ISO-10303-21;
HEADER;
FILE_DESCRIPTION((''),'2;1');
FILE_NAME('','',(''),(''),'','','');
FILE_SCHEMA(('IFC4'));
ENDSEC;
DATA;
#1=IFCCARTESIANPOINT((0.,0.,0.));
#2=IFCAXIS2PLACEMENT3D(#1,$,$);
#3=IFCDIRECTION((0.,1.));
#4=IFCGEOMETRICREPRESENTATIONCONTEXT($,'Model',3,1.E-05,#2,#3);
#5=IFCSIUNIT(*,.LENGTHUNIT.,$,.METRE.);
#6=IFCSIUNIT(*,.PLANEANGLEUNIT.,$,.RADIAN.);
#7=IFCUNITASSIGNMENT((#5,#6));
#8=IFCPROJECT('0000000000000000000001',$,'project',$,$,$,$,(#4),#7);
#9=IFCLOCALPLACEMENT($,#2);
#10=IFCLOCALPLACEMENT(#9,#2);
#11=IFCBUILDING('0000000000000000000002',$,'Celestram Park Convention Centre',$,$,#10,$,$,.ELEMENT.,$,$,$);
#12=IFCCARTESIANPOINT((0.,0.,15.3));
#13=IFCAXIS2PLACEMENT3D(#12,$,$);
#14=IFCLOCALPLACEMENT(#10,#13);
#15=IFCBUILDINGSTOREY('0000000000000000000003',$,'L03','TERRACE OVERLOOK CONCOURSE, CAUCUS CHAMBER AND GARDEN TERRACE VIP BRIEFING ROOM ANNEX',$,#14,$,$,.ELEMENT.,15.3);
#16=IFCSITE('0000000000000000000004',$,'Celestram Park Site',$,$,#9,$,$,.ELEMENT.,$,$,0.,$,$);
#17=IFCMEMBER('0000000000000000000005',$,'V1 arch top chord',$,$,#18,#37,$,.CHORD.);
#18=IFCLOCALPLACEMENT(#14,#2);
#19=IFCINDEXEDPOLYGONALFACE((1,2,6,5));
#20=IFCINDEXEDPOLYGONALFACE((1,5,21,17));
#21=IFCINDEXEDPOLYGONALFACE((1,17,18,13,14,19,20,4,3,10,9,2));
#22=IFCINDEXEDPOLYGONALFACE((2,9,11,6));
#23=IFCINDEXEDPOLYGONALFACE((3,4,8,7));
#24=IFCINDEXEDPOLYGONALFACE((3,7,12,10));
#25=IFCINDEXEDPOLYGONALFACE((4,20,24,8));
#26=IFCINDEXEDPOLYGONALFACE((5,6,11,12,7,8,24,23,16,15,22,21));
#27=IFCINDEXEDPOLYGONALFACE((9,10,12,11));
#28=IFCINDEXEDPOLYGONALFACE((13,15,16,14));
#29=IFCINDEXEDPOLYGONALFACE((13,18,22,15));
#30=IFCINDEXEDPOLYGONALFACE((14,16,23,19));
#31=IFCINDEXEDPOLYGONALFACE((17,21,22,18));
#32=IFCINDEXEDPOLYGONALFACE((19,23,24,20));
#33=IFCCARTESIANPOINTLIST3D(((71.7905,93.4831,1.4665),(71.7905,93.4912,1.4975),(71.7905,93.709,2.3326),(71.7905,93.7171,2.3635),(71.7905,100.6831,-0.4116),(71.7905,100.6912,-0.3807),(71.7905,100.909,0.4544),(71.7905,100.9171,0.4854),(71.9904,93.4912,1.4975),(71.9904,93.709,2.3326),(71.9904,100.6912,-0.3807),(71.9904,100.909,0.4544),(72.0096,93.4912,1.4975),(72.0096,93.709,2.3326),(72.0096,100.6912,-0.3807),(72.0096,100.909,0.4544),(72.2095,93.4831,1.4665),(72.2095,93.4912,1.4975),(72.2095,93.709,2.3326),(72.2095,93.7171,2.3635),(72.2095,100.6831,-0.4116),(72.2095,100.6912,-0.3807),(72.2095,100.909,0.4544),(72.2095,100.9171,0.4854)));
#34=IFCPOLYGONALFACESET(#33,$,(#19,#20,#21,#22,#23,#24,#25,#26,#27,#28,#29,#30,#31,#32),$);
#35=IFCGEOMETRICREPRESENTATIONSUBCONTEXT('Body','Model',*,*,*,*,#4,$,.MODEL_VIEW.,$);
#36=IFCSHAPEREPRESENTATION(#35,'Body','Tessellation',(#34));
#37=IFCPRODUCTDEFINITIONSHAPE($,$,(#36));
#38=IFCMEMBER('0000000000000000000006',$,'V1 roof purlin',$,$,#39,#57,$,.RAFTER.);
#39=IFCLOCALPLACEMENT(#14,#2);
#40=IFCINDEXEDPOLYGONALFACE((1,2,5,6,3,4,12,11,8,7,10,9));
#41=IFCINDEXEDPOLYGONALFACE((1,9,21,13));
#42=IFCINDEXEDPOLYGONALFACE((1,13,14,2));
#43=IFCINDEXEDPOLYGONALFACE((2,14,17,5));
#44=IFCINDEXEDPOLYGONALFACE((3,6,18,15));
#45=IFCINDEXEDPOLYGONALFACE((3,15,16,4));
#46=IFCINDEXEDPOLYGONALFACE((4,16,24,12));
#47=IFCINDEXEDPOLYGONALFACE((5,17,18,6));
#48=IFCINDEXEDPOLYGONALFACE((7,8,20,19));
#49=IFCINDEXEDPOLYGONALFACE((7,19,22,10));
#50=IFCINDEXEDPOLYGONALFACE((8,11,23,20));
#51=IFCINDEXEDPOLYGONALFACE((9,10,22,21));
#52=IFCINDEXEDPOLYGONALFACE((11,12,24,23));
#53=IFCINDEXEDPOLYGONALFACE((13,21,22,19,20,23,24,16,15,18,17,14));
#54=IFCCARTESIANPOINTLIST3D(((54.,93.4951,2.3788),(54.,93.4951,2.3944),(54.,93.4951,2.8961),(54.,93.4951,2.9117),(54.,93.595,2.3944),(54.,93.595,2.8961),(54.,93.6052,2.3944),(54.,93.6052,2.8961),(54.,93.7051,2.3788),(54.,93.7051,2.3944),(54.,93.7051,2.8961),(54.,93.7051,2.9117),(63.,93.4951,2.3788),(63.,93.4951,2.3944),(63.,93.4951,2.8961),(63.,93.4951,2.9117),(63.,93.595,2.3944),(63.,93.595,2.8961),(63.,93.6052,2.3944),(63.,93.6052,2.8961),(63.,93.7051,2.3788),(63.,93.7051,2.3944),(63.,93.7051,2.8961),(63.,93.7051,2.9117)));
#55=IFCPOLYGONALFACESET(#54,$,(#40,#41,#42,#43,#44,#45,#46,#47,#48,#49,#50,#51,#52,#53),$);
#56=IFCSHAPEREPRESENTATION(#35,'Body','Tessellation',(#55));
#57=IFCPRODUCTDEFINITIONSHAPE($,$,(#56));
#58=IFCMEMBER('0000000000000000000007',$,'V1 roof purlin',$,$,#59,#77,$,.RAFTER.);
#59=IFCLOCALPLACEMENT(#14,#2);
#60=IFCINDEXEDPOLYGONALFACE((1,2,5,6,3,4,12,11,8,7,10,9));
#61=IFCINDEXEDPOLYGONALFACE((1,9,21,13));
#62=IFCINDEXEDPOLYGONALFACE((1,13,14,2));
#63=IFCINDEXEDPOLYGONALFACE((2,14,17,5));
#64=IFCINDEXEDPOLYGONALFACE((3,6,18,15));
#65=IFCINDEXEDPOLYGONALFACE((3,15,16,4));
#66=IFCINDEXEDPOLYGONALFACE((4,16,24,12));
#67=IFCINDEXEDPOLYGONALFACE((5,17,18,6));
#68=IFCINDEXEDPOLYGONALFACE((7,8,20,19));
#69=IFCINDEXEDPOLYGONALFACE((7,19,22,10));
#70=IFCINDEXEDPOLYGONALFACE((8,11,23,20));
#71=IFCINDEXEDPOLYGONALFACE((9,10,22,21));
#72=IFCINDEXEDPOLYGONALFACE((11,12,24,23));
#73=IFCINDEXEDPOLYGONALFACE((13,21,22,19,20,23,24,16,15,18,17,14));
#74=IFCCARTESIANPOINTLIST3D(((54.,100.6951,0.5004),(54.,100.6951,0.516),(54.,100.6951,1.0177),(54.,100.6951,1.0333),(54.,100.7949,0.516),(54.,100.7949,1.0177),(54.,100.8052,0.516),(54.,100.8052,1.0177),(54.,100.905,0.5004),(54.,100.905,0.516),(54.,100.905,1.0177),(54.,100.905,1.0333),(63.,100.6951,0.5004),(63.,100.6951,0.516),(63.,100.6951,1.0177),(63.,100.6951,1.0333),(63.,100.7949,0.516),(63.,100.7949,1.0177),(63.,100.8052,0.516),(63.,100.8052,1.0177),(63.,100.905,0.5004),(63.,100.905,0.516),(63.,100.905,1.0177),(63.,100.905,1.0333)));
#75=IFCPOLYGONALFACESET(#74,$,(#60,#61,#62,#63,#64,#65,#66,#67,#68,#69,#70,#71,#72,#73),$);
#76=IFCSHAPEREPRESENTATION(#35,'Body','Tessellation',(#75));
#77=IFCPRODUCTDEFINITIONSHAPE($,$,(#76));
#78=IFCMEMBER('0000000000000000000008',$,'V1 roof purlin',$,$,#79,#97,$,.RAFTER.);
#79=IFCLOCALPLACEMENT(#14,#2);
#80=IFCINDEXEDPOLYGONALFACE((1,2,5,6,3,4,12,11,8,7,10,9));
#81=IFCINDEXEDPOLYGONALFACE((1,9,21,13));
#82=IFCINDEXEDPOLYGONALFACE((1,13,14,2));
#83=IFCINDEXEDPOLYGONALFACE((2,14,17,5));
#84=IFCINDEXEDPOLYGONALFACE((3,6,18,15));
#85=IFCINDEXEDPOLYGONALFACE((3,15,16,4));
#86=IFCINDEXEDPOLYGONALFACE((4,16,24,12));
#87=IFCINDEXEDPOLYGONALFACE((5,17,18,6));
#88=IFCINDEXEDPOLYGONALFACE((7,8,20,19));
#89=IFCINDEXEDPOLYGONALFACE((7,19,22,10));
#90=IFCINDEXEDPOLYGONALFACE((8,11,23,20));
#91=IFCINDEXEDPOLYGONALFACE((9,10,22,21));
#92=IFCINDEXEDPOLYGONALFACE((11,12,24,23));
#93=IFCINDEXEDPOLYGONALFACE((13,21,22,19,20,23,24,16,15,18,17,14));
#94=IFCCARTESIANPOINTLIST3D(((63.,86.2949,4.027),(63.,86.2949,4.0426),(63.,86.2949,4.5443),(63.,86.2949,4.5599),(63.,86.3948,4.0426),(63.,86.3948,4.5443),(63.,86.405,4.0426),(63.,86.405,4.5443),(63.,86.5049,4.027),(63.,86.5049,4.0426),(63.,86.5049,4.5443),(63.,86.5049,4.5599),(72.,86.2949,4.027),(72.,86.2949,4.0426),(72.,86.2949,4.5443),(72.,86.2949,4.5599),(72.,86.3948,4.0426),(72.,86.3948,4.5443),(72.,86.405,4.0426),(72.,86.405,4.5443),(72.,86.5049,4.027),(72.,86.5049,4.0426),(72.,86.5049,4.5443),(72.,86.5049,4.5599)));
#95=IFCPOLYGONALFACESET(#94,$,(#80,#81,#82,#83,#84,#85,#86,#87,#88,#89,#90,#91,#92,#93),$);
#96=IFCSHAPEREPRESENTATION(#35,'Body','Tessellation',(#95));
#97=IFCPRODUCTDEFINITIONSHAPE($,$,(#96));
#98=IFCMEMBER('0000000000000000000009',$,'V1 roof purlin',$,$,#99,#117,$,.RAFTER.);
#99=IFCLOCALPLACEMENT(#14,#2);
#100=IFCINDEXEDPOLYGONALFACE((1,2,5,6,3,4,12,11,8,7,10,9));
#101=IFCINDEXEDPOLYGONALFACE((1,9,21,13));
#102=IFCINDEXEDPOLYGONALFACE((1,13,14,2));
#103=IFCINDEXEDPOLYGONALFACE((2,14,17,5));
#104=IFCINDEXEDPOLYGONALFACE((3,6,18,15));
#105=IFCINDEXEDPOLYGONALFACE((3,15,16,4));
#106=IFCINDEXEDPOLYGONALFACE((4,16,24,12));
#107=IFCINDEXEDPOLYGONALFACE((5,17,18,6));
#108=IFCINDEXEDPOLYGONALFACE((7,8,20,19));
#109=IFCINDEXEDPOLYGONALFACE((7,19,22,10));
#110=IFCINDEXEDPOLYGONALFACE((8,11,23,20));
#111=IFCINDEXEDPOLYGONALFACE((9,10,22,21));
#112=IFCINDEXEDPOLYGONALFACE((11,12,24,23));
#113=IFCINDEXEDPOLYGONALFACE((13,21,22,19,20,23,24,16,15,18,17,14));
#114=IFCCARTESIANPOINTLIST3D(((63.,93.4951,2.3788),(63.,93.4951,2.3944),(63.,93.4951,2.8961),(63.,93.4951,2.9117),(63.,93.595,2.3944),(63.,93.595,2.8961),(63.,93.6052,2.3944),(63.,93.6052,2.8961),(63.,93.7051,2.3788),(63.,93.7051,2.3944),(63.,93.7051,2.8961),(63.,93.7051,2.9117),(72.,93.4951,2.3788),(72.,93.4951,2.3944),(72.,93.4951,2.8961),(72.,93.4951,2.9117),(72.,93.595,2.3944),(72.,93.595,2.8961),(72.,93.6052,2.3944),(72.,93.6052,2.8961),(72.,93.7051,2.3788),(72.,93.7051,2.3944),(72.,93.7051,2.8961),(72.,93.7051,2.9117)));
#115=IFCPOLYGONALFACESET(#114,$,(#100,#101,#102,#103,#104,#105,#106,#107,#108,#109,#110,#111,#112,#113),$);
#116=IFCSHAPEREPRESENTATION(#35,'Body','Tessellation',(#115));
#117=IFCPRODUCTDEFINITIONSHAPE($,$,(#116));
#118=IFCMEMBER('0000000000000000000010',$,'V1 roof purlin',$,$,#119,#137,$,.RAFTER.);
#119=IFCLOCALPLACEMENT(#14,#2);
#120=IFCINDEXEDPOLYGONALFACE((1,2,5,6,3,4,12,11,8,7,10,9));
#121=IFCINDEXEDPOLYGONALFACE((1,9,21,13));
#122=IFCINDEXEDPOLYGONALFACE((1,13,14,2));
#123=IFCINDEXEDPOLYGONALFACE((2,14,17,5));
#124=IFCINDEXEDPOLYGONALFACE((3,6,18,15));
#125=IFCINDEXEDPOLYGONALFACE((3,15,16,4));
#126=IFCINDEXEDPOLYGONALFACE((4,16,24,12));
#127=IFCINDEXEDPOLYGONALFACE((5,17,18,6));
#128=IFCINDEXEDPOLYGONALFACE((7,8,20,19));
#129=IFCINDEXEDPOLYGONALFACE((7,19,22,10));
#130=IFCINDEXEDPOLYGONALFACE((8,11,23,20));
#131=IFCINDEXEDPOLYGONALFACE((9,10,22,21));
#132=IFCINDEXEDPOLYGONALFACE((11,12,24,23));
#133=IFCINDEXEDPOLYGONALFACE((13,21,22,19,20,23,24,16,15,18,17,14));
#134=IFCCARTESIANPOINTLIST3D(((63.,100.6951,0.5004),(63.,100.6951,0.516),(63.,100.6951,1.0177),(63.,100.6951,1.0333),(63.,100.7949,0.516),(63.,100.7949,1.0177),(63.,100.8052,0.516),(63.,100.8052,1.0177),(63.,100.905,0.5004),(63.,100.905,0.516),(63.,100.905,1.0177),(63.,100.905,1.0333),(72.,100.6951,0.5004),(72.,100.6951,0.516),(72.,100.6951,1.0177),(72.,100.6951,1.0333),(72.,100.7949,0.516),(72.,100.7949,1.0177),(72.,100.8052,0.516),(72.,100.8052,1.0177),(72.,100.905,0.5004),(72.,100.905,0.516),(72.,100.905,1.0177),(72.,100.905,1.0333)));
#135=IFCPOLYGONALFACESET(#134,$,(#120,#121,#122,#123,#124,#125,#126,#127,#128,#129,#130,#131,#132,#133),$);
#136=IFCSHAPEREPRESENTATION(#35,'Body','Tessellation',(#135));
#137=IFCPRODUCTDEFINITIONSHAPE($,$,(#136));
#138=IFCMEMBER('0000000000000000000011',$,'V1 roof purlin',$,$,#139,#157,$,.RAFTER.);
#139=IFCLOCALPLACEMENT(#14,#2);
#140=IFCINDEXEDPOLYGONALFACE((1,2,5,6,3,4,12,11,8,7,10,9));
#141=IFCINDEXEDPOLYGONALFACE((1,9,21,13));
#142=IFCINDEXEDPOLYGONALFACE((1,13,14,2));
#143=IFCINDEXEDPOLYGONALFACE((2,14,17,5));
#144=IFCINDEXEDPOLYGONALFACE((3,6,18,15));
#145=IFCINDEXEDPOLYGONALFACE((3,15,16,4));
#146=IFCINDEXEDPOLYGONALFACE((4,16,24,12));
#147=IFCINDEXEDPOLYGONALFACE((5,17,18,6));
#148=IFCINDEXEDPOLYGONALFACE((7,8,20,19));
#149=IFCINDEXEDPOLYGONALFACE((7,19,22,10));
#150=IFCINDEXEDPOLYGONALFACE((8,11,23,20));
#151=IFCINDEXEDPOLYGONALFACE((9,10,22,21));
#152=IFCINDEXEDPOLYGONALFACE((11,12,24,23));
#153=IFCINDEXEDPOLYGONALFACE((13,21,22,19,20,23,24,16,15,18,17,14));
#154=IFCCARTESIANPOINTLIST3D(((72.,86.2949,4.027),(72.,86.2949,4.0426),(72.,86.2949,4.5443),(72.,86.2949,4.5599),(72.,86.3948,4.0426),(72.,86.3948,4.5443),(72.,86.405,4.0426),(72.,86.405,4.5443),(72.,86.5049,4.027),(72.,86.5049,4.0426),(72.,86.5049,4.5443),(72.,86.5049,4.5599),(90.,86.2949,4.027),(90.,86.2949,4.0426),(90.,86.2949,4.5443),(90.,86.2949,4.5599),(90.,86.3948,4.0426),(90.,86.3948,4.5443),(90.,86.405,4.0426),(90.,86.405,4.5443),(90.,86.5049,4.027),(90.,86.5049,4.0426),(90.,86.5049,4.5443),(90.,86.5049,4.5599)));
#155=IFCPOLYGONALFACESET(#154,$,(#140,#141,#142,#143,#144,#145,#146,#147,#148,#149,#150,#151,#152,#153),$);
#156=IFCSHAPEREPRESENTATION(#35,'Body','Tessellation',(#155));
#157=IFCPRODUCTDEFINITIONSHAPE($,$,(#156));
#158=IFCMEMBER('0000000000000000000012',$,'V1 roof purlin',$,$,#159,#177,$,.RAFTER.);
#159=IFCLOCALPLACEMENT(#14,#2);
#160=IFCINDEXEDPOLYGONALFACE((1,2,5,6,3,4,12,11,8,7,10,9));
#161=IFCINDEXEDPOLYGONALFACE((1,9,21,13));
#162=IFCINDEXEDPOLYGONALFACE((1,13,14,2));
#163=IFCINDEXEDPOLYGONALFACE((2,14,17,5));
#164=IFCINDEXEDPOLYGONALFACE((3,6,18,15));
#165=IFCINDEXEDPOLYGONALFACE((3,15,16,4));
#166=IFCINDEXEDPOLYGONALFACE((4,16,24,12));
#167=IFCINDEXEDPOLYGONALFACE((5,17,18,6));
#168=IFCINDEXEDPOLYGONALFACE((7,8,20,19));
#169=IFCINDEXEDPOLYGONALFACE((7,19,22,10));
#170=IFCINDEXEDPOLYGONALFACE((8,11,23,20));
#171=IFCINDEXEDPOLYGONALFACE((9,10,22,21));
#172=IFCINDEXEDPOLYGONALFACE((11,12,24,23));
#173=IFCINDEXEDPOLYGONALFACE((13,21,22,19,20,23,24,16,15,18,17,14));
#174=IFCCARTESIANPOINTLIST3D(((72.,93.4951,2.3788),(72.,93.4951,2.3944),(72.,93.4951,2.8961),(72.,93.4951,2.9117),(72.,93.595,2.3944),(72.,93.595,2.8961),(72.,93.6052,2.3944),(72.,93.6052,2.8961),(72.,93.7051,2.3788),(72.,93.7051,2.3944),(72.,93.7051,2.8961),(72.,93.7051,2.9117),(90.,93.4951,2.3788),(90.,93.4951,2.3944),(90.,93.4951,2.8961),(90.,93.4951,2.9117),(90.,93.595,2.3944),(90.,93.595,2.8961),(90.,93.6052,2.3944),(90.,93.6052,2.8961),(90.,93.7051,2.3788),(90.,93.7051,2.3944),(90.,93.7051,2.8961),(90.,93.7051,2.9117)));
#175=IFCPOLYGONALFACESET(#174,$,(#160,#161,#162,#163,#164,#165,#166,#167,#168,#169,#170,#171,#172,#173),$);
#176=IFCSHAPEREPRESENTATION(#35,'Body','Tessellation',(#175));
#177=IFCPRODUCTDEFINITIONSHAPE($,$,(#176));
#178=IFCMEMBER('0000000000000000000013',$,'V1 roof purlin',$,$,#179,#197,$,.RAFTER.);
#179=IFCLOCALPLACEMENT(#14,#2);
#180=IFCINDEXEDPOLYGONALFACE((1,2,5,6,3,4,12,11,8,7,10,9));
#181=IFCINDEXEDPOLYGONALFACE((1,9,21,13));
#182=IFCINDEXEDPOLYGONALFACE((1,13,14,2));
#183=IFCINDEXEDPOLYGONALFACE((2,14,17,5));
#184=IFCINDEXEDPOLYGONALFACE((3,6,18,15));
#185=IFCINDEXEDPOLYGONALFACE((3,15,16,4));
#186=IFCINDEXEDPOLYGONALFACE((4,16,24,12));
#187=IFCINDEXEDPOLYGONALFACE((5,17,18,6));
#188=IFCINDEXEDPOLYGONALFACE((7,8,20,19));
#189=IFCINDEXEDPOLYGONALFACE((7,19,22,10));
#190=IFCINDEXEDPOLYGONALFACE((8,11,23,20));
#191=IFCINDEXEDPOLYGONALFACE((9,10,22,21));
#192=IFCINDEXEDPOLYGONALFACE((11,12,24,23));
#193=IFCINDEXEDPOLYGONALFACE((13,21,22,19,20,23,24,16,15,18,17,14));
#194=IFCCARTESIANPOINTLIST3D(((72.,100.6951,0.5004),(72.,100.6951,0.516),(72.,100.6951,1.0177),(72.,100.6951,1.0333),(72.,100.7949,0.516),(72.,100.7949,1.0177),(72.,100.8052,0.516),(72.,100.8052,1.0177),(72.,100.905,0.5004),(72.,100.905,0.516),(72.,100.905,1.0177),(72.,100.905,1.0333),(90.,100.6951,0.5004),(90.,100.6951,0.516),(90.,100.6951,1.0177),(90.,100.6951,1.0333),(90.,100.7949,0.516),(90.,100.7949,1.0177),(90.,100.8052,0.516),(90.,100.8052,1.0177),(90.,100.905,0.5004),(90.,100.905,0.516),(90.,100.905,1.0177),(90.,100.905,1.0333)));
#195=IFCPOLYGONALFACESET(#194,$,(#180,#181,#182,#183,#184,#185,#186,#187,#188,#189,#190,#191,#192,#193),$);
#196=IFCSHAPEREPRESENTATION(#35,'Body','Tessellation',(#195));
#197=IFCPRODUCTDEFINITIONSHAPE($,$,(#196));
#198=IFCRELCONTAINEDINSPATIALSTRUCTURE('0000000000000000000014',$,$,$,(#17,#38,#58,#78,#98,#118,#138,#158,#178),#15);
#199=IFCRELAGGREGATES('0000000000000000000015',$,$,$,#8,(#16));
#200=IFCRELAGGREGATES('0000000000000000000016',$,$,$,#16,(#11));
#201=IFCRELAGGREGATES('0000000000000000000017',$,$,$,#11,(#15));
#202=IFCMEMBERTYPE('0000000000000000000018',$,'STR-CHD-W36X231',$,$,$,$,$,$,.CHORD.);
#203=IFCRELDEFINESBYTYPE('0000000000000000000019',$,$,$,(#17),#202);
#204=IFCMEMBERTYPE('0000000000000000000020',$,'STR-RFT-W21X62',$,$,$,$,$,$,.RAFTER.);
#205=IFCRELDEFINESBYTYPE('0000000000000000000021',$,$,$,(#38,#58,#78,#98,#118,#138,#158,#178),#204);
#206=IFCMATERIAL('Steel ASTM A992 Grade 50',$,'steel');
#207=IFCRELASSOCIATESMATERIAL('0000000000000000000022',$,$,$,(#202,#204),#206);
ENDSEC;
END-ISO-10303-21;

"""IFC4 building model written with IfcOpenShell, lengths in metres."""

from ifc_helpers import new_model, si_unit, direction, frame, origin, origin_2d, place, context, subcontext, project, spatial, i_section, extrude, material, material_profile, profile_set, type_object, element, save


model = new_model("IFC4")

# Units and contexts
model_context = context("Model", 3, precision=1e-05, world=origin(), true_north=direction((0.0, 1.0)))
body_context = subcontext(model_context, "Body", "Model", "MODEL_VIEW")
ifc_project = project(units=[si_unit("LENGTHUNIT", "METRE"), si_unit("PLANEANGLEUNIT", "RADIAN")], contexts=[model_context])

# Site, building, storey
site_placement = place(None, origin())
site = spatial("IfcSite", under=ifc_project, at=site_placement, Name="Celestram Park Site", CompositionType="ELEMENT", RefElevation=0.0)
building_placement = place(site_placement, origin())
building = spatial("IfcBuilding", under=site, at=building_placement, Name="Celestram Park Convention Centre", CompositionType="ELEMENT")
storey_placement = place(building_placement, frame((0.0, 0.0, 15.3)))
storey = spatial("IfcBuildingStorey", under=building, at=storey_placement, Name="L03", Description="TERRACE OVERLOOK CONCOURSE, CAUCUS CHAMBER AND GARDEN TERRACE VIP BRIEFING ROOM ANNEX", CompositionType="ELEMENT", Elevation=15.3)

# Members
ifc_material_1 = material(Name="Steel ASTM A992 Grade 50", Category="steel")
ifc_material_profile_1 = material_profile(ifc_material_1, i_section(OverallWidth=0.4189, OverallDepth=0.927, WebThickness=0.0193, FlangeThickness=0.032, at=origin_2d()), Name="W36X231")
ifc_profile_set_1 = profile_set([ifc_material_profile_1], Name="Steel ASTM A992 Grade 50")
member_type_1 = type_object("IfcMemberType", Name="STR-CHD-W36X231", PredefinedType="CHORD", material=ifc_profile_set_1)
member_1_placement = place(storey_placement, frame((72.0, 93.6001, 1.915), z_axis=(0.0, 0.96762, -0.252413), x_axis=(-1.0, 0.0, 0.0)))
element("IfcMember", 1, at=member_1_placement, inside=storey, type_object=member_type_1, Name="V1 arch top chord", PredefinedType="CHORD", context=body_context, shape_type="SweptSolid", body=[
    extrude(i_section(OverallWidth=0.4189, OverallDepth=0.927, WebThickness=0.0193, FlangeThickness=0.032, at=origin_2d()), origin(), (0.0, 0.0, 1.0), 7.4409),
])
ifc_material_profile_2 = material_profile(ifc_material_1, i_section(OverallWidth=0.21, OverallDepth=0.533, WebThickness=0.0103, FlangeThickness=0.0156, at=origin_2d()), Name="W21X62")
ifc_profile_set_2 = profile_set([ifc_material_profile_2], Name="Steel ASTM A992 Grade 50")
member_type_2 = type_object("IfcMemberType", Name="STR-RFT-W21X62", PredefinedType="RAFTER", material=ifc_profile_set_2)
for number, where, z_axis, x_axis, name in (
    (2, (54.0, 93.6001, 2.6453), (1.0, 0.0, 0.0), (0.0, 1.0, 0.0), "V1 roof purlin"),
    (3, (54.0, 100.8, 0.7668), (1.0, 0.0, 0.0), (0.0, 1.0, 0.0), "V1 roof purlin"),
    (4, (63.0, 86.3999, 4.2935), (1.0, 0.0, 0.0), (0.0, 1.0, 0.0), "V1 roof purlin"),
    (5, (63.0, 93.6001, 2.6453), (1.0, 0.0, 0.0), (0.0, 1.0, 0.0), "V1 roof purlin"),
    (6, (63.0, 100.8, 0.7668), (1.0, 0.0, 0.0), (0.0, 1.0, 0.0), "V1 roof purlin"),
):
    element("IfcMember", number, at=place(storey_placement, frame(where, z_axis=z_axis, x_axis=x_axis)), inside=storey, type_object=member_type_2, Name=name, PredefinedType="RAFTER", context=body_context, shape_type="SweptSolid", body=[
        extrude(i_section(OverallWidth=0.21, OverallDepth=0.533, WebThickness=0.0103, FlangeThickness=0.0156, at=origin_2d()), origin(), (0.0, 0.0, 1.0), 9.0),
    ])
for number, where, z_axis, x_axis, name in (
    (7, (72.0, 86.3999, 4.2935), (1.0, 0.0, 0.0), (0.0, 1.0, 0.0), "V1 roof purlin"),
    (8, (72.0, 93.6001, 2.6453), (1.0, 0.0, 0.0), (0.0, 1.0, 0.0), "V1 roof purlin"),
    (9, (72.0, 100.8, 0.7668), (1.0, 0.0, 0.0), (0.0, 1.0, 0.0), "V1 roof purlin"),
):
    element("IfcMember", number, at=place(storey_placement, frame(where, z_axis=z_axis, x_axis=x_axis)), inside=storey, type_object=member_type_2, Name=name, PredefinedType="RAFTER", context=body_context, shape_type="SweptSolid", body=[
        extrude(i_section(OverallWidth=0.21, OverallDepth=0.533, WebThickness=0.0103, FlangeThickness=0.0156, at=origin_2d()), origin(), (0.0, 0.0, 1.0), 18.0),
    ])

save(model, "model.ifc")
